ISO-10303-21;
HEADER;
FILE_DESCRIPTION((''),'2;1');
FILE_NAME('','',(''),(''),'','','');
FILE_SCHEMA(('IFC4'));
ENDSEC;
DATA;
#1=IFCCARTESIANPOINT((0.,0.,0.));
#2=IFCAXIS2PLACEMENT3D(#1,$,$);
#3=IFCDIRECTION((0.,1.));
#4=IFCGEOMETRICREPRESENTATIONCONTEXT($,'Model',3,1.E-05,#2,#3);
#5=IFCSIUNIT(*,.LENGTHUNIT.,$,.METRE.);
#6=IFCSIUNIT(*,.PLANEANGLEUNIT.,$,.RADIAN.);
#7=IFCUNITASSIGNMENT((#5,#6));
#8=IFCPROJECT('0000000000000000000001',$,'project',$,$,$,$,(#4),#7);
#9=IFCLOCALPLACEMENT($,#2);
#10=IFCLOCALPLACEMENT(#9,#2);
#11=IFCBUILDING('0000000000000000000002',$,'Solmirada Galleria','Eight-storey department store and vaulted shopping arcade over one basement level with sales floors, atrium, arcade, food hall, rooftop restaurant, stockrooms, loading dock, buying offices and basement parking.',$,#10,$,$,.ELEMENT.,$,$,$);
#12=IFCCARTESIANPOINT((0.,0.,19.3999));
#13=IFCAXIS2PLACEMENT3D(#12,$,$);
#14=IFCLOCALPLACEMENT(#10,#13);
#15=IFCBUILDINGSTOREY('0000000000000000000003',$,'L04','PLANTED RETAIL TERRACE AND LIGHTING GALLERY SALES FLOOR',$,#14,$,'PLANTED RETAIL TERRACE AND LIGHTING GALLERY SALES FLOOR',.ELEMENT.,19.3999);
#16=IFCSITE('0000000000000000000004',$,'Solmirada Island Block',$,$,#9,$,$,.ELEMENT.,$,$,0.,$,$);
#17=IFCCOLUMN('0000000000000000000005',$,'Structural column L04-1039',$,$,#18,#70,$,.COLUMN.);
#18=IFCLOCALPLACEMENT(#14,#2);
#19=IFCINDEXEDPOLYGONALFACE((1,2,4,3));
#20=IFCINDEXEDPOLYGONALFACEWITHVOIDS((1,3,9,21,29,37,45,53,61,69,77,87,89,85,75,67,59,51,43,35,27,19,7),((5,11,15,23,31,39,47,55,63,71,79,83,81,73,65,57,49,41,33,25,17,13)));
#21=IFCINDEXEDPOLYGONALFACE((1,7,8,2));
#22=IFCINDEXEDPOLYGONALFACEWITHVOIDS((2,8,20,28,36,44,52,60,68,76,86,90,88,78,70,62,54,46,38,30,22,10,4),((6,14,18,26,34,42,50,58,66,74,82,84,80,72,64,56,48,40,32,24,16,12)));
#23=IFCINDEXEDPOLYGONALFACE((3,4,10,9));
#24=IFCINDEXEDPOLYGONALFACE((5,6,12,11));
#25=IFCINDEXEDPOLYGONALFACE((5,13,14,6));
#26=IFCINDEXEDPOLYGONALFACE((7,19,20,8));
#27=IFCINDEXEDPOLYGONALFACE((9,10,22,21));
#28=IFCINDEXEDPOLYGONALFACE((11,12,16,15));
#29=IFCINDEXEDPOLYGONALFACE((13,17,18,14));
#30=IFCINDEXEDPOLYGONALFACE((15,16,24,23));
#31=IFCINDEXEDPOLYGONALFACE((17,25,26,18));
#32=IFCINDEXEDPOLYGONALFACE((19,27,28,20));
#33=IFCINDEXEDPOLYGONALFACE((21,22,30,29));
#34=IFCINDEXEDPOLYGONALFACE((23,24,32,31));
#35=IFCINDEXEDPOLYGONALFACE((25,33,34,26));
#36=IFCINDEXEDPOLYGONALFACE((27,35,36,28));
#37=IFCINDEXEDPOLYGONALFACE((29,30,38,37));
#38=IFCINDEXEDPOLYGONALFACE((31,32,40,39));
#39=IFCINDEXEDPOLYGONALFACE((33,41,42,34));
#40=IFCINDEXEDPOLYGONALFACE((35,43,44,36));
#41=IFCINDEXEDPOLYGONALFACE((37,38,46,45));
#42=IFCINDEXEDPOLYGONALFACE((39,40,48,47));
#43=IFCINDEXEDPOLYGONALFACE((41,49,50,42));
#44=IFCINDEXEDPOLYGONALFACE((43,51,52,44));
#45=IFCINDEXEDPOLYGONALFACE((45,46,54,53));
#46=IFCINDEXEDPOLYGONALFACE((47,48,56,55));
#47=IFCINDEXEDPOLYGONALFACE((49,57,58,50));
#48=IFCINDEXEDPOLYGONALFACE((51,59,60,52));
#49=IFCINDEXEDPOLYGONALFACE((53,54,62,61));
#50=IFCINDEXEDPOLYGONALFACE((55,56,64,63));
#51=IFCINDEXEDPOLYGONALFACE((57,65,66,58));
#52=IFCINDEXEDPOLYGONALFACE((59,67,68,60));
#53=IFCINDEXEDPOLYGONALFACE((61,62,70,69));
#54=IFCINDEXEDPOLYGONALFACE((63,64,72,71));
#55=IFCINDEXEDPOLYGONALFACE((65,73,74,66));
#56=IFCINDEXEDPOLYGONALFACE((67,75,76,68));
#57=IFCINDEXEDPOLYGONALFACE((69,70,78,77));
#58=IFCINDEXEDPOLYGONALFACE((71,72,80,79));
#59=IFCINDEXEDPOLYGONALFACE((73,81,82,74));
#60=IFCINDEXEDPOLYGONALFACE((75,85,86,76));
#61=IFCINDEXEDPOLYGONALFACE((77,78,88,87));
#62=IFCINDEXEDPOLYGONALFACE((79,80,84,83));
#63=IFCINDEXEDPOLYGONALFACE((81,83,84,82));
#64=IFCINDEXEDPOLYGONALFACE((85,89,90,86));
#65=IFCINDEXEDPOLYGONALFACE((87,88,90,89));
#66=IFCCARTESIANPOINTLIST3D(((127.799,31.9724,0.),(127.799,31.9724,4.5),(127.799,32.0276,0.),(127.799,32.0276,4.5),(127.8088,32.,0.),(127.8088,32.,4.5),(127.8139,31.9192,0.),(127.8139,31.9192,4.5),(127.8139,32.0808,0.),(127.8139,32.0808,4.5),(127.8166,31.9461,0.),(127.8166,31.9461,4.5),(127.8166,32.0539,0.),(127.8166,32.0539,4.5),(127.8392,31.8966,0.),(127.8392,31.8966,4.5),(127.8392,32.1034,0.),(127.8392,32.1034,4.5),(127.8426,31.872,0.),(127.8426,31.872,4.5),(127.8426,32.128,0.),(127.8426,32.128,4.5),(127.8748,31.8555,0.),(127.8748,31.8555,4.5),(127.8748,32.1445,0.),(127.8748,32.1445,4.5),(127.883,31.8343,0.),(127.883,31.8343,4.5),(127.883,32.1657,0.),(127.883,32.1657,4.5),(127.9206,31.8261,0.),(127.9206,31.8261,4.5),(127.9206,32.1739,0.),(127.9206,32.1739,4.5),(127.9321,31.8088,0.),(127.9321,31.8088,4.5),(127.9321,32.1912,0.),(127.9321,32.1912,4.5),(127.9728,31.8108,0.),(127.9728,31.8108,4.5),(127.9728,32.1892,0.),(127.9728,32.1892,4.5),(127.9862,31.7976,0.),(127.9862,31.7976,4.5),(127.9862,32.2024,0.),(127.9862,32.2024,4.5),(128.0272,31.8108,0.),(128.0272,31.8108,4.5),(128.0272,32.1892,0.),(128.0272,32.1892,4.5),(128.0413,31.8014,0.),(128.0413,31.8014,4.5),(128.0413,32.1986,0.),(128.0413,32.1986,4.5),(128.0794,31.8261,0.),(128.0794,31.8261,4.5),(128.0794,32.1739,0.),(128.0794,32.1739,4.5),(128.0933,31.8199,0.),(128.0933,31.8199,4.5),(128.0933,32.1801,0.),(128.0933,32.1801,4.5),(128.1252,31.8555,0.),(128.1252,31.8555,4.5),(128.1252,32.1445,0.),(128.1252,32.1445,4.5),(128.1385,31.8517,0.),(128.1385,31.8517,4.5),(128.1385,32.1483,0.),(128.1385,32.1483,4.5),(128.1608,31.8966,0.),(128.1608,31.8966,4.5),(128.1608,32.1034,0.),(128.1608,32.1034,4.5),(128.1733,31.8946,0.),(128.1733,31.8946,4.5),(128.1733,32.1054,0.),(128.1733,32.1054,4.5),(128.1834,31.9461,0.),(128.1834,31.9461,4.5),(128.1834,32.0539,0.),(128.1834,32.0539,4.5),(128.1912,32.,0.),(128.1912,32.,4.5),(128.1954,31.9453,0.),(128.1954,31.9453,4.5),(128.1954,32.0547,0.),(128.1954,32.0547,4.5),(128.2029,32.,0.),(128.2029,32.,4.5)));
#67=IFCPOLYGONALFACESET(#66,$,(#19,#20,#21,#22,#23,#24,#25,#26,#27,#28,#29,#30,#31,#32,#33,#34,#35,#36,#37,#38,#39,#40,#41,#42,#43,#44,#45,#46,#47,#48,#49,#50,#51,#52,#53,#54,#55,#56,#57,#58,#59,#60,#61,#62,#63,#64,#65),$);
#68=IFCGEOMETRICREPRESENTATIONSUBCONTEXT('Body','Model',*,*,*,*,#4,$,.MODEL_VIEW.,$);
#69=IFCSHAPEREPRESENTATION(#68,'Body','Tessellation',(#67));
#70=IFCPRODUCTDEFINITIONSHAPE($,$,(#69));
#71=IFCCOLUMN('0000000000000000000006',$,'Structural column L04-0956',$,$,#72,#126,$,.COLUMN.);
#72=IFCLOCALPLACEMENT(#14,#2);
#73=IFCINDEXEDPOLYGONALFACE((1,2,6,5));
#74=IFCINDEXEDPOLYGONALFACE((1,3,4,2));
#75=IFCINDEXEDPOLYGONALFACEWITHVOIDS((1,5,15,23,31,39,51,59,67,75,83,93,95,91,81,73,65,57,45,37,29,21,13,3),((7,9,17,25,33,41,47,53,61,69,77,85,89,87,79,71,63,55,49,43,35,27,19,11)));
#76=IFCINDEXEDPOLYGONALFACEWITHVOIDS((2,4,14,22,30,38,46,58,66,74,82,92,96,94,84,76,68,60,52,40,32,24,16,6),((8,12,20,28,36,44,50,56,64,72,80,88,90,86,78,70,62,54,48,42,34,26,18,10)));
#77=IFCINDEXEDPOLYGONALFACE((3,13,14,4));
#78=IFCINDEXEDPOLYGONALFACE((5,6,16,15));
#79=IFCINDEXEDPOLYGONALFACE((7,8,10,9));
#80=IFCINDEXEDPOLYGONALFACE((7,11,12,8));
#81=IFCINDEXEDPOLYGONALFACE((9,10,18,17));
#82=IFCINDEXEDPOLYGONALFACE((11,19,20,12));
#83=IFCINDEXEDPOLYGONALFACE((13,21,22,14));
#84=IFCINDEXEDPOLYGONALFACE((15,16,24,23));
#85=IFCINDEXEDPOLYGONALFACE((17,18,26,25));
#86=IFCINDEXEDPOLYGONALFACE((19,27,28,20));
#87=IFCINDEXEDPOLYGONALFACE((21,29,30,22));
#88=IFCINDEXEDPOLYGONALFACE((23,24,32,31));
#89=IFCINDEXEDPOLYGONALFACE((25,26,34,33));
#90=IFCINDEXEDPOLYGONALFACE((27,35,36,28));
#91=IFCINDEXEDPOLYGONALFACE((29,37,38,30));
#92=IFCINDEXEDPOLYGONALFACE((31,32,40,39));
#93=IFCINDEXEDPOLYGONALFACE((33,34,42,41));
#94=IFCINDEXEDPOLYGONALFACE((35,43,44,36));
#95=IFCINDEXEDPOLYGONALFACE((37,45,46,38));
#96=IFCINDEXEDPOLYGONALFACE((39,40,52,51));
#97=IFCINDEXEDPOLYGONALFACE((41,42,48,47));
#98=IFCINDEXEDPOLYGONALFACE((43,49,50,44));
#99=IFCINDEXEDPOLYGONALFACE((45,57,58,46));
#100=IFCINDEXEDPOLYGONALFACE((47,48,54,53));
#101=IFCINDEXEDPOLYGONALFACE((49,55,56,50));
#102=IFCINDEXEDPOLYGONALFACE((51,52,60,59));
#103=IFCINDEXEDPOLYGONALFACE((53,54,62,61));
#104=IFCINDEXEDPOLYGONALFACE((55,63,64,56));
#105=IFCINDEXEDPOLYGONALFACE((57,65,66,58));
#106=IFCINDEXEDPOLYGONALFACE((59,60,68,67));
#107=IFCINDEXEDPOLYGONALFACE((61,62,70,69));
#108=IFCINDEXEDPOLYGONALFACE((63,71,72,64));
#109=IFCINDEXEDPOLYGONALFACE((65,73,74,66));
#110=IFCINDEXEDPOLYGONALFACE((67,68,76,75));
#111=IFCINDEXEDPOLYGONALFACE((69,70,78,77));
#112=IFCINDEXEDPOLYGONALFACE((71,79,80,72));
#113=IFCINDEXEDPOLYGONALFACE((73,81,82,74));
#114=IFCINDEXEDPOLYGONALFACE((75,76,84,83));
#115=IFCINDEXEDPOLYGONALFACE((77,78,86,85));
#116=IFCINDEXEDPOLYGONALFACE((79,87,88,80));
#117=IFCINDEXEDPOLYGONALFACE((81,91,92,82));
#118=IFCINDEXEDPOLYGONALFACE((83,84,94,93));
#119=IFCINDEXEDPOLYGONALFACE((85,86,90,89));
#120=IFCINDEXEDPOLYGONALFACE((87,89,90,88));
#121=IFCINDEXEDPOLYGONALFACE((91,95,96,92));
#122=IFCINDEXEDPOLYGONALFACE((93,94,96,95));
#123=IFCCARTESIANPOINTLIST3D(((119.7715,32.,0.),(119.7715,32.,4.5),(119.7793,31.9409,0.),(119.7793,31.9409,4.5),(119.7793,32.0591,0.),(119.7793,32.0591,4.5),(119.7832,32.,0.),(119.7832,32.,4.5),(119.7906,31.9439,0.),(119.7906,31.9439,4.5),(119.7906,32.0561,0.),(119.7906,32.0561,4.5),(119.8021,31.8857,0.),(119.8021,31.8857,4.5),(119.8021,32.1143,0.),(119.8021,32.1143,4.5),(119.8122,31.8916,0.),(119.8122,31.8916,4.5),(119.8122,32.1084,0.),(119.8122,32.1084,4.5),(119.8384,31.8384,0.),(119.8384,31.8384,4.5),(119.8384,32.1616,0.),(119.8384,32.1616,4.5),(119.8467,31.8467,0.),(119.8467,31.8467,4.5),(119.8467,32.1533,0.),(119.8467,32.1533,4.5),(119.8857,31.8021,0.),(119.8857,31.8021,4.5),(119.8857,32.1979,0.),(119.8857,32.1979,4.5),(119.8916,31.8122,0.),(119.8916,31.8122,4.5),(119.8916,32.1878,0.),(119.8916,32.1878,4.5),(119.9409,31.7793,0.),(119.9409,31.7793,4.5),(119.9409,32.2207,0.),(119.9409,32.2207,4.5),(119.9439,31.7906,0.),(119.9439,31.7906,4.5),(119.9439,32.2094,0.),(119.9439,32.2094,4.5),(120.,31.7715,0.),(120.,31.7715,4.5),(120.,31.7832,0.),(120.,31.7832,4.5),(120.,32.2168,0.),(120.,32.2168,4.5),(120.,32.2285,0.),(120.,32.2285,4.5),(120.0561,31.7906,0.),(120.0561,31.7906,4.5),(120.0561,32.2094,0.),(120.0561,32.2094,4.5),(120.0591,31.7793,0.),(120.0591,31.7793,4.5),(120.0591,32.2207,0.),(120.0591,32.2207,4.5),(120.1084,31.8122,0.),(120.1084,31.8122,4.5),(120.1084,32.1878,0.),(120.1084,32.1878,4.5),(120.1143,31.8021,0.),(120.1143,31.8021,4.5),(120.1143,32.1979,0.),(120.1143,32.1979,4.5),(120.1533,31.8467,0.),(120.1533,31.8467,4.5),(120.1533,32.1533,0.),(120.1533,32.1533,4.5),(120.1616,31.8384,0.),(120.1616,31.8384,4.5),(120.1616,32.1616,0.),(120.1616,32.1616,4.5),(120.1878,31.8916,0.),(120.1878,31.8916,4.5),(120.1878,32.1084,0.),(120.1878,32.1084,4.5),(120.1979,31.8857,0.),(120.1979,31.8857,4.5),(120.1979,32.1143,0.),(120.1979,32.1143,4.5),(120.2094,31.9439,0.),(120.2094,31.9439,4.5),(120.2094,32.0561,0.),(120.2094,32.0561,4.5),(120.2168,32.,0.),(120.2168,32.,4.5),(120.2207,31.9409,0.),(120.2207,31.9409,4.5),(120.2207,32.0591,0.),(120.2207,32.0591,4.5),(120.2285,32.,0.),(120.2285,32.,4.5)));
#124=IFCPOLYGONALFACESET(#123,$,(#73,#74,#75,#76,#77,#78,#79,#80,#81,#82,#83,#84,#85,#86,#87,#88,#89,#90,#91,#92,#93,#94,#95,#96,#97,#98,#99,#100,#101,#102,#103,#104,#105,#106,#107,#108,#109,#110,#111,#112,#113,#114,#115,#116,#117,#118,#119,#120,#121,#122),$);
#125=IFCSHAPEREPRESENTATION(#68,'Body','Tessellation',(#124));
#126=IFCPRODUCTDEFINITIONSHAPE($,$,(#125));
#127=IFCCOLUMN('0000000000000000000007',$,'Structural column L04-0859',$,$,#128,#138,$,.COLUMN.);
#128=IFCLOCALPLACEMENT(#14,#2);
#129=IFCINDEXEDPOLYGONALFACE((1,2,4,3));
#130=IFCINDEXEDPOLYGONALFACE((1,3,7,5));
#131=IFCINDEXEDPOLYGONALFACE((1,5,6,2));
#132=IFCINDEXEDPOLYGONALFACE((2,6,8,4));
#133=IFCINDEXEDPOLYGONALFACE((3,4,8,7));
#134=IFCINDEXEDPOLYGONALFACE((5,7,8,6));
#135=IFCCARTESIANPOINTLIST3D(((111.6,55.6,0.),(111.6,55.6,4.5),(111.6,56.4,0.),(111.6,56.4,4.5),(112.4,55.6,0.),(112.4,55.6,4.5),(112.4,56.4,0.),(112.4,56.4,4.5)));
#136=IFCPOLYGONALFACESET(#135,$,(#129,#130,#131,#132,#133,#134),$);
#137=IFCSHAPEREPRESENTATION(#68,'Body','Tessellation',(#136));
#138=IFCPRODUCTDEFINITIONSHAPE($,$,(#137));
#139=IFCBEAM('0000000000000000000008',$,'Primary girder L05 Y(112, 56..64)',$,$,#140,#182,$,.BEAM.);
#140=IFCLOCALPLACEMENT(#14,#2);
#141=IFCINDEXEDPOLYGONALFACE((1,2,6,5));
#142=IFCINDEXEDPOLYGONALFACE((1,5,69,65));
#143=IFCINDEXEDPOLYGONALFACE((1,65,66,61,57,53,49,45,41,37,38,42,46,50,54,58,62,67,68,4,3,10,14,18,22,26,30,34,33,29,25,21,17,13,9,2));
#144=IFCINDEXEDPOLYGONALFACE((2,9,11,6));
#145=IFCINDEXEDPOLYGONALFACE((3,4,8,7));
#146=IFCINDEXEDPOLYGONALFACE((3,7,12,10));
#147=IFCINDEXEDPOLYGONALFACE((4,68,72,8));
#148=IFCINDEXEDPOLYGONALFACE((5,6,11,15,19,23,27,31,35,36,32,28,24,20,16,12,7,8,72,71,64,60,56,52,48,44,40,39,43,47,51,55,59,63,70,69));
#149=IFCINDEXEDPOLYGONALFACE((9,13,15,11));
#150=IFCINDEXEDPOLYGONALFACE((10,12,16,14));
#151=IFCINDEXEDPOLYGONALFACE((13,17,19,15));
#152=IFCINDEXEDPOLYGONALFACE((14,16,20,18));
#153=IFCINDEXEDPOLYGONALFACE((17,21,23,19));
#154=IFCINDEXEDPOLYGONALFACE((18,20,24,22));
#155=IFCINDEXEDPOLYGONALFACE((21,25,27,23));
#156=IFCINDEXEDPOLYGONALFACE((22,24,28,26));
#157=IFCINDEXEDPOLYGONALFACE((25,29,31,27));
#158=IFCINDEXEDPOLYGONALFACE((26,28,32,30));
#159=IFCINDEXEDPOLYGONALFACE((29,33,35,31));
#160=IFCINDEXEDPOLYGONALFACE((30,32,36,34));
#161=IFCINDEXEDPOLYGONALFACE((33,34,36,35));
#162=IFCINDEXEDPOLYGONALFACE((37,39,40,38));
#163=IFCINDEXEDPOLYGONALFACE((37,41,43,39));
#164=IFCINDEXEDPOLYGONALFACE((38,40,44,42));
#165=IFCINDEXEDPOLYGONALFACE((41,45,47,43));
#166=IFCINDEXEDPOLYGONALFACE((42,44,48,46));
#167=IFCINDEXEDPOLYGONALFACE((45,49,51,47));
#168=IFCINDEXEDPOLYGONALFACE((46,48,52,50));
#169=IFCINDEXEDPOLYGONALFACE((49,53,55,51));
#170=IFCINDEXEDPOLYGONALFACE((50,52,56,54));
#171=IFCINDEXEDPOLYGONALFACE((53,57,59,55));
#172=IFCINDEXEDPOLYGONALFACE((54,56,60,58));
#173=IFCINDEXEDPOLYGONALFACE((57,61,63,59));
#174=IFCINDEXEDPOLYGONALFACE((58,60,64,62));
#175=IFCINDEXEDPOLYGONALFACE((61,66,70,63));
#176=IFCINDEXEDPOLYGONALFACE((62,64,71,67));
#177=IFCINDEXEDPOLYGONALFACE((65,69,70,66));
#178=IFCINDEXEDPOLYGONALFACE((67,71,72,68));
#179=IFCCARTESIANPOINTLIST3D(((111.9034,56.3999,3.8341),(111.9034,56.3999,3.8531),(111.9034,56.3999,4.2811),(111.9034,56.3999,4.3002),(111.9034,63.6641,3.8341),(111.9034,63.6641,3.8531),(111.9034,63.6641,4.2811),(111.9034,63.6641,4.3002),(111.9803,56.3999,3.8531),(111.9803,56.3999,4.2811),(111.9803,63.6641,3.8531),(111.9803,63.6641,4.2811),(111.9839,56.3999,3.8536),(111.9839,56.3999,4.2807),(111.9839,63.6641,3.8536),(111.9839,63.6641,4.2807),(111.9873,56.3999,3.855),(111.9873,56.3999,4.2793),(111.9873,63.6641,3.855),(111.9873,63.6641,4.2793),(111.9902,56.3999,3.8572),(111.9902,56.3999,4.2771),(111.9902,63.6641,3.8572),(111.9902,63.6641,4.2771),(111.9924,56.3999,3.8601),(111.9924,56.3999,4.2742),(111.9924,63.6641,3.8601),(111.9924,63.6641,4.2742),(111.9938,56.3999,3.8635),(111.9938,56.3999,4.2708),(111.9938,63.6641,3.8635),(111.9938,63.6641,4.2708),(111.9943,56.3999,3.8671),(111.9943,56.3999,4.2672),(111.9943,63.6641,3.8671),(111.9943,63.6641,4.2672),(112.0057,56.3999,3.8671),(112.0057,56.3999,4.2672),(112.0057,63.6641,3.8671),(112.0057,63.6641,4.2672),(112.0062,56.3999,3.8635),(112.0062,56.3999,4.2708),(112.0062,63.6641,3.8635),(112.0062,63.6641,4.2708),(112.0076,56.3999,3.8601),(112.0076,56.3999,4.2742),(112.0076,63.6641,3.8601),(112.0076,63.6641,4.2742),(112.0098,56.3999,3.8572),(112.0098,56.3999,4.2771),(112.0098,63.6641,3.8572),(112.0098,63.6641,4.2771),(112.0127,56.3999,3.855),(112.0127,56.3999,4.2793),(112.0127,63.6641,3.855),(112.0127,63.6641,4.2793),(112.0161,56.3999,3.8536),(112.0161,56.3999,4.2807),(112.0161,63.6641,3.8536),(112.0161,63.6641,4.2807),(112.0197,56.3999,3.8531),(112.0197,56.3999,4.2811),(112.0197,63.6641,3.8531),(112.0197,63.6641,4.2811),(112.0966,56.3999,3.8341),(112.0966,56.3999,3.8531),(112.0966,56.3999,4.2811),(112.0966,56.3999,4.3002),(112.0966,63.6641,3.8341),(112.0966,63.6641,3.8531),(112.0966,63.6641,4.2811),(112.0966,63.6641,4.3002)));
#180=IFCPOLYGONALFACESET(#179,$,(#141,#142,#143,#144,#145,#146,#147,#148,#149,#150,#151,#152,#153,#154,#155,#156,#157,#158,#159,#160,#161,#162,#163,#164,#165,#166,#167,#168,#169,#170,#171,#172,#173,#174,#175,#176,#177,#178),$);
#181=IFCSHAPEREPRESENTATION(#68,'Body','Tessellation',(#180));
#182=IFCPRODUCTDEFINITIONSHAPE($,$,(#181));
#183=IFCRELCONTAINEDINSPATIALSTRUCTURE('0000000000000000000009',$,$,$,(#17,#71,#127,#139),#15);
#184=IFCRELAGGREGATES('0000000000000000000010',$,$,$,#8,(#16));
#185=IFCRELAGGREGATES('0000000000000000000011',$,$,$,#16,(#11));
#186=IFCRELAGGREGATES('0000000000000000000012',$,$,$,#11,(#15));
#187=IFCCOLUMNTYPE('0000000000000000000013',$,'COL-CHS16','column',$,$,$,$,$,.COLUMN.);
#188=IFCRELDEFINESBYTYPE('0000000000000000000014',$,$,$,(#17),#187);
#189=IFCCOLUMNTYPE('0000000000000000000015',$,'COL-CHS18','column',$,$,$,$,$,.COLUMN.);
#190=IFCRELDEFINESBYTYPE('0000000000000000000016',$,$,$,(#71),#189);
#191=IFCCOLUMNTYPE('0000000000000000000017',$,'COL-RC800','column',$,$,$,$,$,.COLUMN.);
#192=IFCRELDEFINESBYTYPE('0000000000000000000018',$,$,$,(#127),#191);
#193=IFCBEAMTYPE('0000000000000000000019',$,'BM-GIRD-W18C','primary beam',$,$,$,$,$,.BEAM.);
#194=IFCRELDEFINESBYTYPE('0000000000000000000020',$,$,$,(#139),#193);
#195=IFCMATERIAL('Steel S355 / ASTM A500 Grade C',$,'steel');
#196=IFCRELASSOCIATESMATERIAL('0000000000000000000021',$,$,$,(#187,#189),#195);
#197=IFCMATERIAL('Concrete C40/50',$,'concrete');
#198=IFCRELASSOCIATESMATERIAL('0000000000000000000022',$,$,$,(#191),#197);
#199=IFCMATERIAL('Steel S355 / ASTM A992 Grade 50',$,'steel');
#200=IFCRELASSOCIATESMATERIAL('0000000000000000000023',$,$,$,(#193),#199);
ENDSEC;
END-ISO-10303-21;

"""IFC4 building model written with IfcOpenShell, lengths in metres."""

from ifc_helpers import new_model, si_unit, direction, frame, origin, origin_2d, place, context, subcontext, project, spatial, rectangle, hollow_circle, i_section, extrude, material, material_profile, profile_set, type_object, element, save


model = new_model("IFC4")

# Units and contexts
model_context = context("Model", 3, precision=1e-05, world=origin(), true_north=direction((0.0, 1.0)))
body_context = subcontext(model_context, "Body", "Model", "MODEL_VIEW")
ifc_project = project(units=[si_unit("LENGTHUNIT", "METRE"), si_unit("PLANEANGLEUNIT", "RADIAN")], contexts=[model_context])

# Site, building, storey
site_placement = place(None, origin())
site = spatial("IfcSite", under=ifc_project, at=site_placement, Name="Solmirada Island Block", CompositionType="ELEMENT", RefElevation=0.0)
building_placement = place(site_placement, origin())
building = spatial("IfcBuilding", under=site, at=building_placement, Name="Solmirada Galleria", Description="Eight-storey department store and vaulted shopping arcade over one basement level with sales floors, atrium, arcade, food hall, rooftop restaurant, stockrooms, loading dock, buying offices and basement parking.", CompositionType="ELEMENT")
storey_placement = place(building_placement, frame((0.0, 0.0, 19.3999)))
storey = spatial("IfcBuildingStorey", under=building, at=storey_placement, Name="L04", Description="PLANTED RETAIL TERRACE AND LIGHTING GALLERY SALES FLOOR", LongName="PLANTED RETAIL TERRACE AND LIGHTING GALLERY SALES FLOOR", CompositionType="ELEMENT", Elevation=19.3999)

# Columns
ifc_material_1 = material(Name="Steel S355 / ASTM A500 Grade C", Category="steel")
ifc_material_profile_1 = material_profile(ifc_material_1, hollow_circle(Radius=0.2029, WallThickness=0.0117, at=origin_2d()), Name="HSS16.000X0.500")
ifc_profile_set_1 = profile_set([ifc_material_profile_1], Name="Steel S355 / ASTM A500 Grade C")
column_type_1 = type_object("IfcColumnType", Name="COL-CHS16", Description="column", PredefinedType="COLUMN", material=ifc_profile_set_1)
column_1_placement = place(storey_placement, frame((128.0, 32.0, 0.0), z_axis=(0.0, 0.0, 1.0), x_axis=(1.0, 0.0, 0.0)))
element("IfcColumn", 1, at=column_1_placement, inside=storey, type_object=column_type_1, Name="Structural column L04-1039", PredefinedType="COLUMN", context=body_context, shape_type="SweptSolid", body=[
    extrude(hollow_circle(Radius=0.2029, WallThickness=0.0117, at=origin_2d()), origin(), (0.0, 0.0, 1.0), 4.5),
])
ifc_material_profile_2 = material_profile(ifc_material_1, hollow_circle(Radius=0.2285, WallThickness=0.0117, at=origin_2d()), Name="HSS18.000X0.500")
ifc_profile_set_2 = profile_set([ifc_material_profile_2], Name="Steel S355 / ASTM A500 Grade C")
column_type_2 = type_object("IfcColumnType", Name="COL-CHS18", Description="column", PredefinedType="COLUMN", material=ifc_profile_set_2)
column_2_placement = place(storey_placement, frame((120.0, 32.0, 0.0), z_axis=(0.0, 0.0, 1.0), x_axis=(1.0, 0.0, 0.0)))
element("IfcColumn", 2, at=column_2_placement, inside=storey, type_object=column_type_2, Name="Structural column L04-0956", PredefinedType="COLUMN", context=body_context, shape_type="SweptSolid", body=[
    extrude(hollow_circle(Radius=0.2285, WallThickness=0.0117, at=origin_2d()), origin(), (0.0, 0.0, 1.0), 4.5),
])
ifc_material_2 = material(Name="Concrete C40/50", Category="concrete")
ifc_material_profile_3 = material_profile(ifc_material_2, rectangle(XDim=0.8, YDim=0.8, at=origin_2d()), Name="RC800X800")
ifc_profile_set_3 = profile_set([ifc_material_profile_3], Name="Concrete C40/50")
column_type_3 = type_object("IfcColumnType", Name="COL-RC800", Description="column", PredefinedType="COLUMN", material=ifc_profile_set_3)
column_3_placement = place(storey_placement, frame((112.0, 56.0, 0.0), z_axis=(0.0, 0.0, 1.0), x_axis=(1.0, 0.0, 0.0)))
element("IfcColumn", 3, at=column_3_placement, inside=storey, type_object=column_type_3, Name="Structural column L04-0859", PredefinedType="COLUMN", context=body_context, shape_type="SweptSolid", body=[
    extrude(rectangle(XDim=0.8, YDim=0.8, at=origin_2d()), origin(), (0.0, 0.0, 1.0), 4.5),
])

# Beam
ifc_material_3 = material(Name="Steel S355 / ASTM A992 Grade 50", Category="steel")
ifc_material_profile_4 = material_profile(ifc_material_3, i_section(OverallWidth=0.1931, OverallDepth=0.4661, WebThickness=0.0115, FlangeThickness=0.019, FilletRadius=0.0139, at=origin_2d()), Name="W18X65")
ifc_profile_set_4 = profile_set([ifc_material_profile_4], Name="Steel S355 / ASTM A992 Grade 50")
beam_type = type_object("IfcBeamType", Name="BM-GIRD-W18C", Description="primary beam", PredefinedType="BEAM", material=ifc_profile_set_4)
beam_placement = place(storey_placement, frame((112.0, 56.3999, 4.0671), z_axis=(0.0, 1.0, 0.0), x_axis=(-1.0, 0.0, 0.0)))
element("IfcBeam", 4, at=beam_placement, inside=storey, type_object=beam_type, Name="Primary girder L05 Y(112, 56..64)", PredefinedType="BEAM", context=body_context, shape_type="SweptSolid", body=[
    extrude(i_section(OverallWidth=0.1931, OverallDepth=0.4661, WebThickness=0.0115, FlangeThickness=0.019, FilletRadius=0.0139, at=origin_2d()), origin(), (0.0, 0.0, 1.0), 7.2642),
])

save(model, "model.ifc")
